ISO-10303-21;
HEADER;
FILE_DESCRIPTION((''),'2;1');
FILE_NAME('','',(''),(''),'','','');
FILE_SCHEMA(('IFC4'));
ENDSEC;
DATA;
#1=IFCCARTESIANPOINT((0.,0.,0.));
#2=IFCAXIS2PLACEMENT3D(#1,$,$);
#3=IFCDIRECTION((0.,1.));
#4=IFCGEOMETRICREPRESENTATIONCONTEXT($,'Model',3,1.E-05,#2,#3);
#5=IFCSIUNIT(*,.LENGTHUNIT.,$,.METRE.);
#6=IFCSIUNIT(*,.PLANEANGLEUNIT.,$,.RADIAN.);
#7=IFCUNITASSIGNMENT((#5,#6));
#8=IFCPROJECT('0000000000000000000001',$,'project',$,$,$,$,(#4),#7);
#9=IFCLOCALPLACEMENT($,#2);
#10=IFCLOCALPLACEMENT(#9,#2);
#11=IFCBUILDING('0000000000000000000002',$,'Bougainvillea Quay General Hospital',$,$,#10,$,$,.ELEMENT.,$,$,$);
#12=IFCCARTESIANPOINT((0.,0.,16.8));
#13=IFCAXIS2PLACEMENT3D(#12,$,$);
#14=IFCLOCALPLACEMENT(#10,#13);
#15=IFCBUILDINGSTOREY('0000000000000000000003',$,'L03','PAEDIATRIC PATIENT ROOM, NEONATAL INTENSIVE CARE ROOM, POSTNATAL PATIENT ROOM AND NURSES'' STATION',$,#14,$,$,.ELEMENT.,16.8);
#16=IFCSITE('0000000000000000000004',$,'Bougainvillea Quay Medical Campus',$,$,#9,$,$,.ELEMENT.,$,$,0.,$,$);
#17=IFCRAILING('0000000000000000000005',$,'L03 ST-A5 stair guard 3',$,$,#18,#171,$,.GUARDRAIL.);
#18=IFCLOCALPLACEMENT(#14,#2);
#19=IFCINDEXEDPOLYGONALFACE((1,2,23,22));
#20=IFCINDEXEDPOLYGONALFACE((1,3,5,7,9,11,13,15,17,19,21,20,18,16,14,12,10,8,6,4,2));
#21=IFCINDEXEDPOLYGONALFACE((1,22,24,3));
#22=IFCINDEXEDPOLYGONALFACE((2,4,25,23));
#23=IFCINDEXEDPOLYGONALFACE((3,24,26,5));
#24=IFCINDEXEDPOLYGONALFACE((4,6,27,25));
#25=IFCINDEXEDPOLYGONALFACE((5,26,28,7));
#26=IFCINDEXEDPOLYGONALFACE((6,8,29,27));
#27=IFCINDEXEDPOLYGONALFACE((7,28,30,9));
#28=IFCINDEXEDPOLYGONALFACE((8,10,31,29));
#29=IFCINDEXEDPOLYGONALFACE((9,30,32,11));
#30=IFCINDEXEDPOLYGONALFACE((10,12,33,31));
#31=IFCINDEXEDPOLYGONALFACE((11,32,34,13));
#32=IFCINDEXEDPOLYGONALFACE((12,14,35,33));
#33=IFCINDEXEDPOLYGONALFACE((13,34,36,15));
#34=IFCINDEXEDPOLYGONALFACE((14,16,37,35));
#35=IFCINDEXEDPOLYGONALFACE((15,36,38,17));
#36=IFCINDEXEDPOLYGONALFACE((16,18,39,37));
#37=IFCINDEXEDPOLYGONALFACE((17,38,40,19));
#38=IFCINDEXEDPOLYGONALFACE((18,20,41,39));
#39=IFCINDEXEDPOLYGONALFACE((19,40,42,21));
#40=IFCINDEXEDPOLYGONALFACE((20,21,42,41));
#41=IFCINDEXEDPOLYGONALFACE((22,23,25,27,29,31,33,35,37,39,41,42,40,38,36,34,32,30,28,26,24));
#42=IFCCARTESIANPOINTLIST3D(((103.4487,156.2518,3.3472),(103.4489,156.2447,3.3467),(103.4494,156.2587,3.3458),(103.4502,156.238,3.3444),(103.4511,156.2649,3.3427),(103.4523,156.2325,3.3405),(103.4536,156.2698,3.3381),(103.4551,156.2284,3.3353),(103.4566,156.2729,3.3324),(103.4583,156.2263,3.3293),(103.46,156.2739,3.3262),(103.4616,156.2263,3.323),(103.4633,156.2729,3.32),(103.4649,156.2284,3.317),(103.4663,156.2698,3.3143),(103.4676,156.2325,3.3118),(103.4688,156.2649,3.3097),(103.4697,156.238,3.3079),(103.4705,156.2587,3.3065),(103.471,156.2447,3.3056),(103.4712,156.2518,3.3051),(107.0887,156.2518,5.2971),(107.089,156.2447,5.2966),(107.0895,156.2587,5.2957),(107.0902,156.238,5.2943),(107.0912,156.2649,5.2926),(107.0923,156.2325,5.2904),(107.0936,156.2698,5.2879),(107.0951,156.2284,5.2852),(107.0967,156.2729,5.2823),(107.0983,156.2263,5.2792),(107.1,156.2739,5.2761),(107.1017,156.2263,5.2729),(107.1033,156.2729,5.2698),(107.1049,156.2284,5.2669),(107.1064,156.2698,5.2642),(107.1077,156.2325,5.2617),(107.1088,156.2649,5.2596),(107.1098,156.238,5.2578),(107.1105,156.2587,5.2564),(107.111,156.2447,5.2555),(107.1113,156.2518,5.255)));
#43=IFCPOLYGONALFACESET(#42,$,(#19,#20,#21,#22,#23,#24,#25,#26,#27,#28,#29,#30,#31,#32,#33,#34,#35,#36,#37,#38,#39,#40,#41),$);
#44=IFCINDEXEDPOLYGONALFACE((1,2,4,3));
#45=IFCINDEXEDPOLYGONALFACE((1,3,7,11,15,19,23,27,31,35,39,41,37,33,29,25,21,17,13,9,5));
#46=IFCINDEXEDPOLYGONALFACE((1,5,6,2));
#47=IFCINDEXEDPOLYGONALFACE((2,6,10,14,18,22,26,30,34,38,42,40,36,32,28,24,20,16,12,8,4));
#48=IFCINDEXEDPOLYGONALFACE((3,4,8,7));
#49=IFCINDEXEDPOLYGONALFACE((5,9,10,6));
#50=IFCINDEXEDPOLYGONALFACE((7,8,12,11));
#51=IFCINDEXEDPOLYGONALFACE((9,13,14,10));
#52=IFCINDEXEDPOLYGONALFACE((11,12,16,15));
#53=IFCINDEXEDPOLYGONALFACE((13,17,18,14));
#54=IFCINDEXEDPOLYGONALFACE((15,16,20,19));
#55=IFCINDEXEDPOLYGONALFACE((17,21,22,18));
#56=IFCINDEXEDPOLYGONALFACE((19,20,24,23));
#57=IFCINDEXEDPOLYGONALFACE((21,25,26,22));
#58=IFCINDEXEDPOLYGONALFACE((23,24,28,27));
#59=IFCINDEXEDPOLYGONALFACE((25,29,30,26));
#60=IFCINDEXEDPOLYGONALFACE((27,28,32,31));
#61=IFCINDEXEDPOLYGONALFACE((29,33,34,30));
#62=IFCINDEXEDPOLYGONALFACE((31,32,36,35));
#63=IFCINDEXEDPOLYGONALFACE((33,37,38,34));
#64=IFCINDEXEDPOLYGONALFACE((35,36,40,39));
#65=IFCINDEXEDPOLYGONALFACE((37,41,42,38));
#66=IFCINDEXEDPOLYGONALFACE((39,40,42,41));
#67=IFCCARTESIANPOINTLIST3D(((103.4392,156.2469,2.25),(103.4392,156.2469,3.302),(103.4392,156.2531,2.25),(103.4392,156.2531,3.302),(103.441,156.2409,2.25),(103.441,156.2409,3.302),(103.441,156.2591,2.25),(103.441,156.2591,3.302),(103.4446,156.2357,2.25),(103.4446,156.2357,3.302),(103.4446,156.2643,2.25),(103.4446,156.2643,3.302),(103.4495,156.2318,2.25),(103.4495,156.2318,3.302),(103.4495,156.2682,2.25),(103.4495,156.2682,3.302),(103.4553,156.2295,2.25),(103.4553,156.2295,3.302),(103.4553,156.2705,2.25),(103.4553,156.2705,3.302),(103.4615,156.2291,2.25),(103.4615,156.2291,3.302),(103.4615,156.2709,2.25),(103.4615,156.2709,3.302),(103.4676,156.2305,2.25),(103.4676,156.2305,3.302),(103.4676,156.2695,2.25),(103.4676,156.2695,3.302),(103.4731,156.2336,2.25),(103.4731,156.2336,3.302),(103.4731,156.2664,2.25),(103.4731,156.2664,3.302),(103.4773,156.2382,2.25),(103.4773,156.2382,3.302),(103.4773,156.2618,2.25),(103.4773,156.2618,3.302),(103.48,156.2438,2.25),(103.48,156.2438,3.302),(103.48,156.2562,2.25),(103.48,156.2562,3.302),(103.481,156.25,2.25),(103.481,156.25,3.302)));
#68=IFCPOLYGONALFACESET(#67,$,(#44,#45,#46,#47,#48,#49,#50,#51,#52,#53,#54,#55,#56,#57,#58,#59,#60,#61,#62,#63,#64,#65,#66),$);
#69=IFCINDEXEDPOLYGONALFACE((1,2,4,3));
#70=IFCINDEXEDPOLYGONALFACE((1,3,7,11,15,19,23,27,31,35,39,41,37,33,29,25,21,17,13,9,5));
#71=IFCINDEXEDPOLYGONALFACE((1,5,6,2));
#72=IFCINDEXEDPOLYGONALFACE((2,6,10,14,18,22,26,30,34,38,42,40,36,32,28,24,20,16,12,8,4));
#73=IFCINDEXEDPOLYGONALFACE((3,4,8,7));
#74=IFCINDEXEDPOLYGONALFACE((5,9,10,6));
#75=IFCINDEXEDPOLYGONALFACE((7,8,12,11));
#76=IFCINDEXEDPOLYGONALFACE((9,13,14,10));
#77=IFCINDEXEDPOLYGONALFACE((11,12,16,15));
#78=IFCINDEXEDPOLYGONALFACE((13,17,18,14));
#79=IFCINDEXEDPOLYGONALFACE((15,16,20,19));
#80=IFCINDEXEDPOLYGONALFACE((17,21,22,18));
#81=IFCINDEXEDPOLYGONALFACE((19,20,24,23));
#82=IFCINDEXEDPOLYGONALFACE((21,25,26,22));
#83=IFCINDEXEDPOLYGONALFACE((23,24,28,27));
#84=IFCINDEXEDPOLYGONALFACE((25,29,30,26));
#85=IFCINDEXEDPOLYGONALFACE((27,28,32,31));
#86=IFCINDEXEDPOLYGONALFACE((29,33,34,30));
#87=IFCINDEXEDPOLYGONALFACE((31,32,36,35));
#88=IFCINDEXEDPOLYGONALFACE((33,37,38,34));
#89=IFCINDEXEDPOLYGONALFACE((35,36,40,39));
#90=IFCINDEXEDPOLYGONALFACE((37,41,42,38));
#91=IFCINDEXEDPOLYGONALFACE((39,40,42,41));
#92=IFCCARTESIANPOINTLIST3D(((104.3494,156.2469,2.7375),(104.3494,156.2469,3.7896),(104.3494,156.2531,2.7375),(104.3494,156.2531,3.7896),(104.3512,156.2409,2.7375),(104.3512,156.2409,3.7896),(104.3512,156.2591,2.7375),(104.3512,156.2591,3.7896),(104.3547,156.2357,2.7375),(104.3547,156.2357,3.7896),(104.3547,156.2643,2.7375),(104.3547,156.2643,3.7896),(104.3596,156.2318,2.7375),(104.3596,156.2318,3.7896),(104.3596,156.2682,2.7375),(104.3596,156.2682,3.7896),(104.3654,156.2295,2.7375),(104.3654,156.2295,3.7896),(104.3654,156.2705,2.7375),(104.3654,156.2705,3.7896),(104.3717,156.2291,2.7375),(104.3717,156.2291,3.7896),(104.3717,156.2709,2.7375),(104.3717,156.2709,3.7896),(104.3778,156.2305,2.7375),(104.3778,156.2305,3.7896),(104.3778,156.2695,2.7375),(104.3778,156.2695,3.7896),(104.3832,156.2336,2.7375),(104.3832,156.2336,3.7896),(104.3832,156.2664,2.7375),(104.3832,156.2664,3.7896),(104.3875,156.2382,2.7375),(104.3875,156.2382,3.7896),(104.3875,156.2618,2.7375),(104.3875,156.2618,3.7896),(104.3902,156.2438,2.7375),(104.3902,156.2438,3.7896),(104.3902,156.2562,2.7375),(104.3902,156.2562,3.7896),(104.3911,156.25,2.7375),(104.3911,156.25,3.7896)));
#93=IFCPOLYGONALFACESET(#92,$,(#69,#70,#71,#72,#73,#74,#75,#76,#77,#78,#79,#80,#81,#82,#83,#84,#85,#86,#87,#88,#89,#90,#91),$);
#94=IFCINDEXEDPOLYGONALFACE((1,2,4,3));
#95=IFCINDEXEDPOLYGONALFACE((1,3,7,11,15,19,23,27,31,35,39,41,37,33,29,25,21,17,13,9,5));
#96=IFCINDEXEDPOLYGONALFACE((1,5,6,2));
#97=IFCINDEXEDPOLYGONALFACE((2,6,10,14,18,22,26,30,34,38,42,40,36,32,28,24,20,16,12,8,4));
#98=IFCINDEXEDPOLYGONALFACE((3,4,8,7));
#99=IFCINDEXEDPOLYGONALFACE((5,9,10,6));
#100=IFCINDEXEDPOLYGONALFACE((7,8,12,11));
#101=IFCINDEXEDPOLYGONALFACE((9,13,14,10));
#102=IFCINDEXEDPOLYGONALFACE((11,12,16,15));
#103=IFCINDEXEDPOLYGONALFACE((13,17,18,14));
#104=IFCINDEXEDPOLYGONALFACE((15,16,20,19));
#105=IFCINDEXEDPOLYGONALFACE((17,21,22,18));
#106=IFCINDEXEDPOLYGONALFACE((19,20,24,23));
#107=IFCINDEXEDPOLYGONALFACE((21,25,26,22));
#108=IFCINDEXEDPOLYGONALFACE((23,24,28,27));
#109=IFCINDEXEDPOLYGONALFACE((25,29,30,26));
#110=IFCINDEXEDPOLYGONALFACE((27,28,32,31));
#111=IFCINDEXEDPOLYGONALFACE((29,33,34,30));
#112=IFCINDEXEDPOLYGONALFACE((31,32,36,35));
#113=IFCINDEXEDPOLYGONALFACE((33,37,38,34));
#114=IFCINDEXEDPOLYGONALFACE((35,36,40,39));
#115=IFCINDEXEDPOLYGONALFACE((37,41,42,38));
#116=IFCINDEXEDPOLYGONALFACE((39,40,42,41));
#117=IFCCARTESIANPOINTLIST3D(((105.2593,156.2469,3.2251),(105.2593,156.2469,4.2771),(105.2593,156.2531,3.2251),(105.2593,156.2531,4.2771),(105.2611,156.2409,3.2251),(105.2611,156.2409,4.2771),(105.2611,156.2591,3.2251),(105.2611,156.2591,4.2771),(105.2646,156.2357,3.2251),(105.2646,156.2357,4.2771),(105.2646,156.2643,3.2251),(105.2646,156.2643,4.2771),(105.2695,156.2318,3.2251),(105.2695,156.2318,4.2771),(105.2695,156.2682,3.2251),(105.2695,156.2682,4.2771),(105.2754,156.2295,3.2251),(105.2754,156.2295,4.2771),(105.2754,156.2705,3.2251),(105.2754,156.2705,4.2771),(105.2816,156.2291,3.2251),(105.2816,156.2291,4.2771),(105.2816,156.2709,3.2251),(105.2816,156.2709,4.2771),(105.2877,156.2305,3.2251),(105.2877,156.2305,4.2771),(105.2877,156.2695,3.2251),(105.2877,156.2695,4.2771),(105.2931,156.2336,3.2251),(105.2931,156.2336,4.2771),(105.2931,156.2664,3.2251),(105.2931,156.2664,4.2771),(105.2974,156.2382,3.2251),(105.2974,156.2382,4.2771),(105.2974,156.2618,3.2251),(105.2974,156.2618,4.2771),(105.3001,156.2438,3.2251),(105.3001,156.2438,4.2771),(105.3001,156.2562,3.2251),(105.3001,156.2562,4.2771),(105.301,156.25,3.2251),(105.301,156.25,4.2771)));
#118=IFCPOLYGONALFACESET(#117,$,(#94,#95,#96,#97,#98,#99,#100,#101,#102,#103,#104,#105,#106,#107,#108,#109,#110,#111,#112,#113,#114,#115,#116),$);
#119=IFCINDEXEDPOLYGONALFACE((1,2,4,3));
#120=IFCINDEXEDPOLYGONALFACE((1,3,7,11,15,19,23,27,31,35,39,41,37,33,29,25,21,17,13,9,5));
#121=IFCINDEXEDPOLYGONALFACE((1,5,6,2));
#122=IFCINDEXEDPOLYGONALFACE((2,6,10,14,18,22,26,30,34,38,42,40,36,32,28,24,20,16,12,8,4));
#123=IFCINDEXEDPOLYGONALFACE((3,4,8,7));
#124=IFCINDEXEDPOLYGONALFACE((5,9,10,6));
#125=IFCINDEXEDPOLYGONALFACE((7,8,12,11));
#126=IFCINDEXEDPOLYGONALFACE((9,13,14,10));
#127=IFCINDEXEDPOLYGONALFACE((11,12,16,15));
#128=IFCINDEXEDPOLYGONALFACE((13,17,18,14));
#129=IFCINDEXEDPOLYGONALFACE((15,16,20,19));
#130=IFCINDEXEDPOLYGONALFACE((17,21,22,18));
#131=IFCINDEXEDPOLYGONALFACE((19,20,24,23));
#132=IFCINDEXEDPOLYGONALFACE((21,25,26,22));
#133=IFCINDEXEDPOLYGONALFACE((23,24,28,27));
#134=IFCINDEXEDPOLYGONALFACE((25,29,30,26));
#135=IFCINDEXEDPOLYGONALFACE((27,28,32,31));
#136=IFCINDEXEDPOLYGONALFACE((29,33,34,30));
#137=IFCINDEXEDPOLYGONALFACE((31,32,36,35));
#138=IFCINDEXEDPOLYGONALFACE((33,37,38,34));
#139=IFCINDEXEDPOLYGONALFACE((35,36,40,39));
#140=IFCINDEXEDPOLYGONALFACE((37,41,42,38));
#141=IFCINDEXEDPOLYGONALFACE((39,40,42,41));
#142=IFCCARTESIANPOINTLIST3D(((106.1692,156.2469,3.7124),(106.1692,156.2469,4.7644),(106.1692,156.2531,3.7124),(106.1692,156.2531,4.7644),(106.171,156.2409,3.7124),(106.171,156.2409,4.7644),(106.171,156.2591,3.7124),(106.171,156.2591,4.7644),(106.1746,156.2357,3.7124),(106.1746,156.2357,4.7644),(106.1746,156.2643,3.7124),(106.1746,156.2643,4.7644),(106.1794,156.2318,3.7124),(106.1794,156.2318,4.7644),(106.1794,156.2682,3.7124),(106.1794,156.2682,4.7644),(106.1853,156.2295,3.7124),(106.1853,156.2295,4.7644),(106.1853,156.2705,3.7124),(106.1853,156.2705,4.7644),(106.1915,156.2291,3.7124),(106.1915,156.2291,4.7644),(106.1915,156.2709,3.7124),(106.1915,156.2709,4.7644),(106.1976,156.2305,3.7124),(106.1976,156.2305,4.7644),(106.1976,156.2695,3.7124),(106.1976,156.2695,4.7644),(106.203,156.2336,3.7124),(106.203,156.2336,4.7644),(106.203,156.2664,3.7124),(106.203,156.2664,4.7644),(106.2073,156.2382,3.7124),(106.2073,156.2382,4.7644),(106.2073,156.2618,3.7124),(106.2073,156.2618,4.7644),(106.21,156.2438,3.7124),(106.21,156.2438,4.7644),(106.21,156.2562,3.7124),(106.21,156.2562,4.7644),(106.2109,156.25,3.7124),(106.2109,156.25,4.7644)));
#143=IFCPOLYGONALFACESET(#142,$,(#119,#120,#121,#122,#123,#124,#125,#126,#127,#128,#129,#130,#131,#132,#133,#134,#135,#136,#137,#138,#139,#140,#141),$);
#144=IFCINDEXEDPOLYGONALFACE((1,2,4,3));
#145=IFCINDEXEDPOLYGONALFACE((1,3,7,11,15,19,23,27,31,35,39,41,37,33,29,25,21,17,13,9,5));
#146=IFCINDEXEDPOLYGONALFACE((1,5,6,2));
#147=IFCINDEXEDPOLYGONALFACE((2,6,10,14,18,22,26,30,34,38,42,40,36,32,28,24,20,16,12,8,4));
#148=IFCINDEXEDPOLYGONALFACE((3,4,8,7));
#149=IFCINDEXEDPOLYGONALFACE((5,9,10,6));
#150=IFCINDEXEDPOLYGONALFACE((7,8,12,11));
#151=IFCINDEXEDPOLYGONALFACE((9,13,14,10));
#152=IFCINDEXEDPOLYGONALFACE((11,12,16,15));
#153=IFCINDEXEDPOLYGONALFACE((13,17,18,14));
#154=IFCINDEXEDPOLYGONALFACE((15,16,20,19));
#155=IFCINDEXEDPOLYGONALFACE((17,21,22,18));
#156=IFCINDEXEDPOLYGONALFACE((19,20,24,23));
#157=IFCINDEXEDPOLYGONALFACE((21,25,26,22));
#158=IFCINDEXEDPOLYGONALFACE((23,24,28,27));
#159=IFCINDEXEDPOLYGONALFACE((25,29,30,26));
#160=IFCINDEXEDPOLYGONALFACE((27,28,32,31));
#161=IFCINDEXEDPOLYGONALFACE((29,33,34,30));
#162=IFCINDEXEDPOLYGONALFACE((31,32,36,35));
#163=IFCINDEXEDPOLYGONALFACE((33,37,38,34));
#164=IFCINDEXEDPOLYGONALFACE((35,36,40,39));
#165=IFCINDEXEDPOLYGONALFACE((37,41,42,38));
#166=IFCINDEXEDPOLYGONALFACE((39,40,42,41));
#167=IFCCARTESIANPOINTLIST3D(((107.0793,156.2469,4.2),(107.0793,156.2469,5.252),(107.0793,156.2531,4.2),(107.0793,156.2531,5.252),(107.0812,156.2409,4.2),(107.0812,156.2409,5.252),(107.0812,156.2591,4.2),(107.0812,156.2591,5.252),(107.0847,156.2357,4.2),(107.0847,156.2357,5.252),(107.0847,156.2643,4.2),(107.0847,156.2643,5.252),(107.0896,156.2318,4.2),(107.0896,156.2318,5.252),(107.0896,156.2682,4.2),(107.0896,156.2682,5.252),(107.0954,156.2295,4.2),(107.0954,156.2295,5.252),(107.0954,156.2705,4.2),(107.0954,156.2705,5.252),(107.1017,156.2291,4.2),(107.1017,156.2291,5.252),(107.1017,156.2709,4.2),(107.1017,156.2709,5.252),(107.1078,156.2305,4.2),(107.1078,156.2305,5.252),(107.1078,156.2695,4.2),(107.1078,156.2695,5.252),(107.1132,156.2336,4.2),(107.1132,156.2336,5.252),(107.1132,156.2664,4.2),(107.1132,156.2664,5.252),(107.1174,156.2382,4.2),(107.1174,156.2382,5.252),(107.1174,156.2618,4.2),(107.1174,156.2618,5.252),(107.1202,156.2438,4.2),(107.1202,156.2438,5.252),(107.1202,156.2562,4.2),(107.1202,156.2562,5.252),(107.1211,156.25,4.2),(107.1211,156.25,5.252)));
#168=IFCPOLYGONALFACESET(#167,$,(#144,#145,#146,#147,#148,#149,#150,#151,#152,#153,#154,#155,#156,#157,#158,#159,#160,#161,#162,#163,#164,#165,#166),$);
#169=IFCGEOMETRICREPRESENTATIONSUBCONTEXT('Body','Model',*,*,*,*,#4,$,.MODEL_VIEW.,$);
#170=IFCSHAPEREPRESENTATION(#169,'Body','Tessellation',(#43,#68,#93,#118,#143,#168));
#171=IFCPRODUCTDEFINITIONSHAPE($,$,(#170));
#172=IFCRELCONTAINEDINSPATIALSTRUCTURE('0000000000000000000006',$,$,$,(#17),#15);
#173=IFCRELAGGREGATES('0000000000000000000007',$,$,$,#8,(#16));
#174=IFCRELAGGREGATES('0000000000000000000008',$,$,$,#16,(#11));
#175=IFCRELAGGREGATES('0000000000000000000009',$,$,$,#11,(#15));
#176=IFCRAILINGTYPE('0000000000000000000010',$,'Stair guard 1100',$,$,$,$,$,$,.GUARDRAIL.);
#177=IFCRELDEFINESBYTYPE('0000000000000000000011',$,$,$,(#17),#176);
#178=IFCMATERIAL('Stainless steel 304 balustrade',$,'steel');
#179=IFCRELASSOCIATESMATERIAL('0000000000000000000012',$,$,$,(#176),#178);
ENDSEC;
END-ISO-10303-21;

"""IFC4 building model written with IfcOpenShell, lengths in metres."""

from ifc_helpers import new_model, si_unit, direction, frame, origin, origin_2d, place, context, subcontext, project, spatial, circle, extrude, material, type_object, element, save


model = new_model("IFC4")

# Units and contexts
model_context = context("Model", 3, precision=1e-05, world=origin(), true_north=direction((0.0, 1.0)))
body_context = subcontext(model_context, "Body", "Model", "MODEL_VIEW")
ifc_project = project(units=[si_unit("LENGTHUNIT", "METRE"), si_unit("PLANEANGLEUNIT", "RADIAN")], contexts=[model_context])

# Site, building, storey
site_placement = place(None, origin())
site = spatial("IfcSite", under=ifc_project, at=site_placement, Name="Bougainvillea Quay Medical Campus", CompositionType="ELEMENT", RefElevation=0.0)
building_placement = place(site_placement, origin())
building = spatial("IfcBuilding", under=site, at=building_placement, Name="Bougainvillea Quay General Hospital", CompositionType="ELEMENT")
storey_placement = place(building_placement, frame((0.0, 0.0, 16.8)))
storey = spatial("IfcBuildingStorey", under=building, at=storey_placement, Name="L03", Description="PAEDIATRIC PATIENT ROOM, NEONATAL INTENSIVE CARE ROOM, POSTNATAL PATIENT ROOM AND NURSES' STATION", CompositionType="ELEMENT", Elevation=16.8)

# Railing
ifc_material_1 = material(Name="Stainless steel 304 balustrade", Category="steel")
railing_type_1 = type_object("IfcRailingType", Name="Stair guard 1100", PredefinedType="GUARDRAIL", material=ifc_material_1)
railing_1_placement = place(storey_placement, frame((103.46, 156.25, 2.25)))
element("IfcRailing", 1, at=railing_1_placement, inside=storey, type_object=railing_type_1, Name="L03 ST-A5 stair guard 3", PredefinedType="GUARDRAIL", context=body_context, shape_type="SweptSolid", body=[
    extrude(circle(Radius=0.0239, at=origin_2d()), frame((0.0, 0.0, 1.0762), z_axis=(0.881492, 0.0, 0.472198), x_axis=(0.0, 1.0, 0.0)), (0.0, 0.0, 1.0), 4.1294),
    extrude(circle(Radius=0.021, at=origin_2d()), origin(), (0.0, 0.0, 1.0), 1.052),
    extrude(circle(Radius=0.021, at=origin_2d()), frame((0.9102, 0.0, 0.4875)), (0.0, 0.0, 1.0), 1.052),
    extrude(circle(Radius=0.021, at=origin_2d()), frame((1.8201, 0.0, 0.9751)), (0.0, 0.0, 1.0), 1.052),
    extrude(circle(Radius=0.021, at=origin_2d()), frame((2.73, 0.0, 1.4624)), (0.0, 0.0, 1.0), 1.052),
    extrude(circle(Radius=0.021, at=origin_2d()), frame((3.6401, 0.0, 1.95)), (0.0, 0.0, 1.0), 1.052),
])

save(model, "model.ifc")
